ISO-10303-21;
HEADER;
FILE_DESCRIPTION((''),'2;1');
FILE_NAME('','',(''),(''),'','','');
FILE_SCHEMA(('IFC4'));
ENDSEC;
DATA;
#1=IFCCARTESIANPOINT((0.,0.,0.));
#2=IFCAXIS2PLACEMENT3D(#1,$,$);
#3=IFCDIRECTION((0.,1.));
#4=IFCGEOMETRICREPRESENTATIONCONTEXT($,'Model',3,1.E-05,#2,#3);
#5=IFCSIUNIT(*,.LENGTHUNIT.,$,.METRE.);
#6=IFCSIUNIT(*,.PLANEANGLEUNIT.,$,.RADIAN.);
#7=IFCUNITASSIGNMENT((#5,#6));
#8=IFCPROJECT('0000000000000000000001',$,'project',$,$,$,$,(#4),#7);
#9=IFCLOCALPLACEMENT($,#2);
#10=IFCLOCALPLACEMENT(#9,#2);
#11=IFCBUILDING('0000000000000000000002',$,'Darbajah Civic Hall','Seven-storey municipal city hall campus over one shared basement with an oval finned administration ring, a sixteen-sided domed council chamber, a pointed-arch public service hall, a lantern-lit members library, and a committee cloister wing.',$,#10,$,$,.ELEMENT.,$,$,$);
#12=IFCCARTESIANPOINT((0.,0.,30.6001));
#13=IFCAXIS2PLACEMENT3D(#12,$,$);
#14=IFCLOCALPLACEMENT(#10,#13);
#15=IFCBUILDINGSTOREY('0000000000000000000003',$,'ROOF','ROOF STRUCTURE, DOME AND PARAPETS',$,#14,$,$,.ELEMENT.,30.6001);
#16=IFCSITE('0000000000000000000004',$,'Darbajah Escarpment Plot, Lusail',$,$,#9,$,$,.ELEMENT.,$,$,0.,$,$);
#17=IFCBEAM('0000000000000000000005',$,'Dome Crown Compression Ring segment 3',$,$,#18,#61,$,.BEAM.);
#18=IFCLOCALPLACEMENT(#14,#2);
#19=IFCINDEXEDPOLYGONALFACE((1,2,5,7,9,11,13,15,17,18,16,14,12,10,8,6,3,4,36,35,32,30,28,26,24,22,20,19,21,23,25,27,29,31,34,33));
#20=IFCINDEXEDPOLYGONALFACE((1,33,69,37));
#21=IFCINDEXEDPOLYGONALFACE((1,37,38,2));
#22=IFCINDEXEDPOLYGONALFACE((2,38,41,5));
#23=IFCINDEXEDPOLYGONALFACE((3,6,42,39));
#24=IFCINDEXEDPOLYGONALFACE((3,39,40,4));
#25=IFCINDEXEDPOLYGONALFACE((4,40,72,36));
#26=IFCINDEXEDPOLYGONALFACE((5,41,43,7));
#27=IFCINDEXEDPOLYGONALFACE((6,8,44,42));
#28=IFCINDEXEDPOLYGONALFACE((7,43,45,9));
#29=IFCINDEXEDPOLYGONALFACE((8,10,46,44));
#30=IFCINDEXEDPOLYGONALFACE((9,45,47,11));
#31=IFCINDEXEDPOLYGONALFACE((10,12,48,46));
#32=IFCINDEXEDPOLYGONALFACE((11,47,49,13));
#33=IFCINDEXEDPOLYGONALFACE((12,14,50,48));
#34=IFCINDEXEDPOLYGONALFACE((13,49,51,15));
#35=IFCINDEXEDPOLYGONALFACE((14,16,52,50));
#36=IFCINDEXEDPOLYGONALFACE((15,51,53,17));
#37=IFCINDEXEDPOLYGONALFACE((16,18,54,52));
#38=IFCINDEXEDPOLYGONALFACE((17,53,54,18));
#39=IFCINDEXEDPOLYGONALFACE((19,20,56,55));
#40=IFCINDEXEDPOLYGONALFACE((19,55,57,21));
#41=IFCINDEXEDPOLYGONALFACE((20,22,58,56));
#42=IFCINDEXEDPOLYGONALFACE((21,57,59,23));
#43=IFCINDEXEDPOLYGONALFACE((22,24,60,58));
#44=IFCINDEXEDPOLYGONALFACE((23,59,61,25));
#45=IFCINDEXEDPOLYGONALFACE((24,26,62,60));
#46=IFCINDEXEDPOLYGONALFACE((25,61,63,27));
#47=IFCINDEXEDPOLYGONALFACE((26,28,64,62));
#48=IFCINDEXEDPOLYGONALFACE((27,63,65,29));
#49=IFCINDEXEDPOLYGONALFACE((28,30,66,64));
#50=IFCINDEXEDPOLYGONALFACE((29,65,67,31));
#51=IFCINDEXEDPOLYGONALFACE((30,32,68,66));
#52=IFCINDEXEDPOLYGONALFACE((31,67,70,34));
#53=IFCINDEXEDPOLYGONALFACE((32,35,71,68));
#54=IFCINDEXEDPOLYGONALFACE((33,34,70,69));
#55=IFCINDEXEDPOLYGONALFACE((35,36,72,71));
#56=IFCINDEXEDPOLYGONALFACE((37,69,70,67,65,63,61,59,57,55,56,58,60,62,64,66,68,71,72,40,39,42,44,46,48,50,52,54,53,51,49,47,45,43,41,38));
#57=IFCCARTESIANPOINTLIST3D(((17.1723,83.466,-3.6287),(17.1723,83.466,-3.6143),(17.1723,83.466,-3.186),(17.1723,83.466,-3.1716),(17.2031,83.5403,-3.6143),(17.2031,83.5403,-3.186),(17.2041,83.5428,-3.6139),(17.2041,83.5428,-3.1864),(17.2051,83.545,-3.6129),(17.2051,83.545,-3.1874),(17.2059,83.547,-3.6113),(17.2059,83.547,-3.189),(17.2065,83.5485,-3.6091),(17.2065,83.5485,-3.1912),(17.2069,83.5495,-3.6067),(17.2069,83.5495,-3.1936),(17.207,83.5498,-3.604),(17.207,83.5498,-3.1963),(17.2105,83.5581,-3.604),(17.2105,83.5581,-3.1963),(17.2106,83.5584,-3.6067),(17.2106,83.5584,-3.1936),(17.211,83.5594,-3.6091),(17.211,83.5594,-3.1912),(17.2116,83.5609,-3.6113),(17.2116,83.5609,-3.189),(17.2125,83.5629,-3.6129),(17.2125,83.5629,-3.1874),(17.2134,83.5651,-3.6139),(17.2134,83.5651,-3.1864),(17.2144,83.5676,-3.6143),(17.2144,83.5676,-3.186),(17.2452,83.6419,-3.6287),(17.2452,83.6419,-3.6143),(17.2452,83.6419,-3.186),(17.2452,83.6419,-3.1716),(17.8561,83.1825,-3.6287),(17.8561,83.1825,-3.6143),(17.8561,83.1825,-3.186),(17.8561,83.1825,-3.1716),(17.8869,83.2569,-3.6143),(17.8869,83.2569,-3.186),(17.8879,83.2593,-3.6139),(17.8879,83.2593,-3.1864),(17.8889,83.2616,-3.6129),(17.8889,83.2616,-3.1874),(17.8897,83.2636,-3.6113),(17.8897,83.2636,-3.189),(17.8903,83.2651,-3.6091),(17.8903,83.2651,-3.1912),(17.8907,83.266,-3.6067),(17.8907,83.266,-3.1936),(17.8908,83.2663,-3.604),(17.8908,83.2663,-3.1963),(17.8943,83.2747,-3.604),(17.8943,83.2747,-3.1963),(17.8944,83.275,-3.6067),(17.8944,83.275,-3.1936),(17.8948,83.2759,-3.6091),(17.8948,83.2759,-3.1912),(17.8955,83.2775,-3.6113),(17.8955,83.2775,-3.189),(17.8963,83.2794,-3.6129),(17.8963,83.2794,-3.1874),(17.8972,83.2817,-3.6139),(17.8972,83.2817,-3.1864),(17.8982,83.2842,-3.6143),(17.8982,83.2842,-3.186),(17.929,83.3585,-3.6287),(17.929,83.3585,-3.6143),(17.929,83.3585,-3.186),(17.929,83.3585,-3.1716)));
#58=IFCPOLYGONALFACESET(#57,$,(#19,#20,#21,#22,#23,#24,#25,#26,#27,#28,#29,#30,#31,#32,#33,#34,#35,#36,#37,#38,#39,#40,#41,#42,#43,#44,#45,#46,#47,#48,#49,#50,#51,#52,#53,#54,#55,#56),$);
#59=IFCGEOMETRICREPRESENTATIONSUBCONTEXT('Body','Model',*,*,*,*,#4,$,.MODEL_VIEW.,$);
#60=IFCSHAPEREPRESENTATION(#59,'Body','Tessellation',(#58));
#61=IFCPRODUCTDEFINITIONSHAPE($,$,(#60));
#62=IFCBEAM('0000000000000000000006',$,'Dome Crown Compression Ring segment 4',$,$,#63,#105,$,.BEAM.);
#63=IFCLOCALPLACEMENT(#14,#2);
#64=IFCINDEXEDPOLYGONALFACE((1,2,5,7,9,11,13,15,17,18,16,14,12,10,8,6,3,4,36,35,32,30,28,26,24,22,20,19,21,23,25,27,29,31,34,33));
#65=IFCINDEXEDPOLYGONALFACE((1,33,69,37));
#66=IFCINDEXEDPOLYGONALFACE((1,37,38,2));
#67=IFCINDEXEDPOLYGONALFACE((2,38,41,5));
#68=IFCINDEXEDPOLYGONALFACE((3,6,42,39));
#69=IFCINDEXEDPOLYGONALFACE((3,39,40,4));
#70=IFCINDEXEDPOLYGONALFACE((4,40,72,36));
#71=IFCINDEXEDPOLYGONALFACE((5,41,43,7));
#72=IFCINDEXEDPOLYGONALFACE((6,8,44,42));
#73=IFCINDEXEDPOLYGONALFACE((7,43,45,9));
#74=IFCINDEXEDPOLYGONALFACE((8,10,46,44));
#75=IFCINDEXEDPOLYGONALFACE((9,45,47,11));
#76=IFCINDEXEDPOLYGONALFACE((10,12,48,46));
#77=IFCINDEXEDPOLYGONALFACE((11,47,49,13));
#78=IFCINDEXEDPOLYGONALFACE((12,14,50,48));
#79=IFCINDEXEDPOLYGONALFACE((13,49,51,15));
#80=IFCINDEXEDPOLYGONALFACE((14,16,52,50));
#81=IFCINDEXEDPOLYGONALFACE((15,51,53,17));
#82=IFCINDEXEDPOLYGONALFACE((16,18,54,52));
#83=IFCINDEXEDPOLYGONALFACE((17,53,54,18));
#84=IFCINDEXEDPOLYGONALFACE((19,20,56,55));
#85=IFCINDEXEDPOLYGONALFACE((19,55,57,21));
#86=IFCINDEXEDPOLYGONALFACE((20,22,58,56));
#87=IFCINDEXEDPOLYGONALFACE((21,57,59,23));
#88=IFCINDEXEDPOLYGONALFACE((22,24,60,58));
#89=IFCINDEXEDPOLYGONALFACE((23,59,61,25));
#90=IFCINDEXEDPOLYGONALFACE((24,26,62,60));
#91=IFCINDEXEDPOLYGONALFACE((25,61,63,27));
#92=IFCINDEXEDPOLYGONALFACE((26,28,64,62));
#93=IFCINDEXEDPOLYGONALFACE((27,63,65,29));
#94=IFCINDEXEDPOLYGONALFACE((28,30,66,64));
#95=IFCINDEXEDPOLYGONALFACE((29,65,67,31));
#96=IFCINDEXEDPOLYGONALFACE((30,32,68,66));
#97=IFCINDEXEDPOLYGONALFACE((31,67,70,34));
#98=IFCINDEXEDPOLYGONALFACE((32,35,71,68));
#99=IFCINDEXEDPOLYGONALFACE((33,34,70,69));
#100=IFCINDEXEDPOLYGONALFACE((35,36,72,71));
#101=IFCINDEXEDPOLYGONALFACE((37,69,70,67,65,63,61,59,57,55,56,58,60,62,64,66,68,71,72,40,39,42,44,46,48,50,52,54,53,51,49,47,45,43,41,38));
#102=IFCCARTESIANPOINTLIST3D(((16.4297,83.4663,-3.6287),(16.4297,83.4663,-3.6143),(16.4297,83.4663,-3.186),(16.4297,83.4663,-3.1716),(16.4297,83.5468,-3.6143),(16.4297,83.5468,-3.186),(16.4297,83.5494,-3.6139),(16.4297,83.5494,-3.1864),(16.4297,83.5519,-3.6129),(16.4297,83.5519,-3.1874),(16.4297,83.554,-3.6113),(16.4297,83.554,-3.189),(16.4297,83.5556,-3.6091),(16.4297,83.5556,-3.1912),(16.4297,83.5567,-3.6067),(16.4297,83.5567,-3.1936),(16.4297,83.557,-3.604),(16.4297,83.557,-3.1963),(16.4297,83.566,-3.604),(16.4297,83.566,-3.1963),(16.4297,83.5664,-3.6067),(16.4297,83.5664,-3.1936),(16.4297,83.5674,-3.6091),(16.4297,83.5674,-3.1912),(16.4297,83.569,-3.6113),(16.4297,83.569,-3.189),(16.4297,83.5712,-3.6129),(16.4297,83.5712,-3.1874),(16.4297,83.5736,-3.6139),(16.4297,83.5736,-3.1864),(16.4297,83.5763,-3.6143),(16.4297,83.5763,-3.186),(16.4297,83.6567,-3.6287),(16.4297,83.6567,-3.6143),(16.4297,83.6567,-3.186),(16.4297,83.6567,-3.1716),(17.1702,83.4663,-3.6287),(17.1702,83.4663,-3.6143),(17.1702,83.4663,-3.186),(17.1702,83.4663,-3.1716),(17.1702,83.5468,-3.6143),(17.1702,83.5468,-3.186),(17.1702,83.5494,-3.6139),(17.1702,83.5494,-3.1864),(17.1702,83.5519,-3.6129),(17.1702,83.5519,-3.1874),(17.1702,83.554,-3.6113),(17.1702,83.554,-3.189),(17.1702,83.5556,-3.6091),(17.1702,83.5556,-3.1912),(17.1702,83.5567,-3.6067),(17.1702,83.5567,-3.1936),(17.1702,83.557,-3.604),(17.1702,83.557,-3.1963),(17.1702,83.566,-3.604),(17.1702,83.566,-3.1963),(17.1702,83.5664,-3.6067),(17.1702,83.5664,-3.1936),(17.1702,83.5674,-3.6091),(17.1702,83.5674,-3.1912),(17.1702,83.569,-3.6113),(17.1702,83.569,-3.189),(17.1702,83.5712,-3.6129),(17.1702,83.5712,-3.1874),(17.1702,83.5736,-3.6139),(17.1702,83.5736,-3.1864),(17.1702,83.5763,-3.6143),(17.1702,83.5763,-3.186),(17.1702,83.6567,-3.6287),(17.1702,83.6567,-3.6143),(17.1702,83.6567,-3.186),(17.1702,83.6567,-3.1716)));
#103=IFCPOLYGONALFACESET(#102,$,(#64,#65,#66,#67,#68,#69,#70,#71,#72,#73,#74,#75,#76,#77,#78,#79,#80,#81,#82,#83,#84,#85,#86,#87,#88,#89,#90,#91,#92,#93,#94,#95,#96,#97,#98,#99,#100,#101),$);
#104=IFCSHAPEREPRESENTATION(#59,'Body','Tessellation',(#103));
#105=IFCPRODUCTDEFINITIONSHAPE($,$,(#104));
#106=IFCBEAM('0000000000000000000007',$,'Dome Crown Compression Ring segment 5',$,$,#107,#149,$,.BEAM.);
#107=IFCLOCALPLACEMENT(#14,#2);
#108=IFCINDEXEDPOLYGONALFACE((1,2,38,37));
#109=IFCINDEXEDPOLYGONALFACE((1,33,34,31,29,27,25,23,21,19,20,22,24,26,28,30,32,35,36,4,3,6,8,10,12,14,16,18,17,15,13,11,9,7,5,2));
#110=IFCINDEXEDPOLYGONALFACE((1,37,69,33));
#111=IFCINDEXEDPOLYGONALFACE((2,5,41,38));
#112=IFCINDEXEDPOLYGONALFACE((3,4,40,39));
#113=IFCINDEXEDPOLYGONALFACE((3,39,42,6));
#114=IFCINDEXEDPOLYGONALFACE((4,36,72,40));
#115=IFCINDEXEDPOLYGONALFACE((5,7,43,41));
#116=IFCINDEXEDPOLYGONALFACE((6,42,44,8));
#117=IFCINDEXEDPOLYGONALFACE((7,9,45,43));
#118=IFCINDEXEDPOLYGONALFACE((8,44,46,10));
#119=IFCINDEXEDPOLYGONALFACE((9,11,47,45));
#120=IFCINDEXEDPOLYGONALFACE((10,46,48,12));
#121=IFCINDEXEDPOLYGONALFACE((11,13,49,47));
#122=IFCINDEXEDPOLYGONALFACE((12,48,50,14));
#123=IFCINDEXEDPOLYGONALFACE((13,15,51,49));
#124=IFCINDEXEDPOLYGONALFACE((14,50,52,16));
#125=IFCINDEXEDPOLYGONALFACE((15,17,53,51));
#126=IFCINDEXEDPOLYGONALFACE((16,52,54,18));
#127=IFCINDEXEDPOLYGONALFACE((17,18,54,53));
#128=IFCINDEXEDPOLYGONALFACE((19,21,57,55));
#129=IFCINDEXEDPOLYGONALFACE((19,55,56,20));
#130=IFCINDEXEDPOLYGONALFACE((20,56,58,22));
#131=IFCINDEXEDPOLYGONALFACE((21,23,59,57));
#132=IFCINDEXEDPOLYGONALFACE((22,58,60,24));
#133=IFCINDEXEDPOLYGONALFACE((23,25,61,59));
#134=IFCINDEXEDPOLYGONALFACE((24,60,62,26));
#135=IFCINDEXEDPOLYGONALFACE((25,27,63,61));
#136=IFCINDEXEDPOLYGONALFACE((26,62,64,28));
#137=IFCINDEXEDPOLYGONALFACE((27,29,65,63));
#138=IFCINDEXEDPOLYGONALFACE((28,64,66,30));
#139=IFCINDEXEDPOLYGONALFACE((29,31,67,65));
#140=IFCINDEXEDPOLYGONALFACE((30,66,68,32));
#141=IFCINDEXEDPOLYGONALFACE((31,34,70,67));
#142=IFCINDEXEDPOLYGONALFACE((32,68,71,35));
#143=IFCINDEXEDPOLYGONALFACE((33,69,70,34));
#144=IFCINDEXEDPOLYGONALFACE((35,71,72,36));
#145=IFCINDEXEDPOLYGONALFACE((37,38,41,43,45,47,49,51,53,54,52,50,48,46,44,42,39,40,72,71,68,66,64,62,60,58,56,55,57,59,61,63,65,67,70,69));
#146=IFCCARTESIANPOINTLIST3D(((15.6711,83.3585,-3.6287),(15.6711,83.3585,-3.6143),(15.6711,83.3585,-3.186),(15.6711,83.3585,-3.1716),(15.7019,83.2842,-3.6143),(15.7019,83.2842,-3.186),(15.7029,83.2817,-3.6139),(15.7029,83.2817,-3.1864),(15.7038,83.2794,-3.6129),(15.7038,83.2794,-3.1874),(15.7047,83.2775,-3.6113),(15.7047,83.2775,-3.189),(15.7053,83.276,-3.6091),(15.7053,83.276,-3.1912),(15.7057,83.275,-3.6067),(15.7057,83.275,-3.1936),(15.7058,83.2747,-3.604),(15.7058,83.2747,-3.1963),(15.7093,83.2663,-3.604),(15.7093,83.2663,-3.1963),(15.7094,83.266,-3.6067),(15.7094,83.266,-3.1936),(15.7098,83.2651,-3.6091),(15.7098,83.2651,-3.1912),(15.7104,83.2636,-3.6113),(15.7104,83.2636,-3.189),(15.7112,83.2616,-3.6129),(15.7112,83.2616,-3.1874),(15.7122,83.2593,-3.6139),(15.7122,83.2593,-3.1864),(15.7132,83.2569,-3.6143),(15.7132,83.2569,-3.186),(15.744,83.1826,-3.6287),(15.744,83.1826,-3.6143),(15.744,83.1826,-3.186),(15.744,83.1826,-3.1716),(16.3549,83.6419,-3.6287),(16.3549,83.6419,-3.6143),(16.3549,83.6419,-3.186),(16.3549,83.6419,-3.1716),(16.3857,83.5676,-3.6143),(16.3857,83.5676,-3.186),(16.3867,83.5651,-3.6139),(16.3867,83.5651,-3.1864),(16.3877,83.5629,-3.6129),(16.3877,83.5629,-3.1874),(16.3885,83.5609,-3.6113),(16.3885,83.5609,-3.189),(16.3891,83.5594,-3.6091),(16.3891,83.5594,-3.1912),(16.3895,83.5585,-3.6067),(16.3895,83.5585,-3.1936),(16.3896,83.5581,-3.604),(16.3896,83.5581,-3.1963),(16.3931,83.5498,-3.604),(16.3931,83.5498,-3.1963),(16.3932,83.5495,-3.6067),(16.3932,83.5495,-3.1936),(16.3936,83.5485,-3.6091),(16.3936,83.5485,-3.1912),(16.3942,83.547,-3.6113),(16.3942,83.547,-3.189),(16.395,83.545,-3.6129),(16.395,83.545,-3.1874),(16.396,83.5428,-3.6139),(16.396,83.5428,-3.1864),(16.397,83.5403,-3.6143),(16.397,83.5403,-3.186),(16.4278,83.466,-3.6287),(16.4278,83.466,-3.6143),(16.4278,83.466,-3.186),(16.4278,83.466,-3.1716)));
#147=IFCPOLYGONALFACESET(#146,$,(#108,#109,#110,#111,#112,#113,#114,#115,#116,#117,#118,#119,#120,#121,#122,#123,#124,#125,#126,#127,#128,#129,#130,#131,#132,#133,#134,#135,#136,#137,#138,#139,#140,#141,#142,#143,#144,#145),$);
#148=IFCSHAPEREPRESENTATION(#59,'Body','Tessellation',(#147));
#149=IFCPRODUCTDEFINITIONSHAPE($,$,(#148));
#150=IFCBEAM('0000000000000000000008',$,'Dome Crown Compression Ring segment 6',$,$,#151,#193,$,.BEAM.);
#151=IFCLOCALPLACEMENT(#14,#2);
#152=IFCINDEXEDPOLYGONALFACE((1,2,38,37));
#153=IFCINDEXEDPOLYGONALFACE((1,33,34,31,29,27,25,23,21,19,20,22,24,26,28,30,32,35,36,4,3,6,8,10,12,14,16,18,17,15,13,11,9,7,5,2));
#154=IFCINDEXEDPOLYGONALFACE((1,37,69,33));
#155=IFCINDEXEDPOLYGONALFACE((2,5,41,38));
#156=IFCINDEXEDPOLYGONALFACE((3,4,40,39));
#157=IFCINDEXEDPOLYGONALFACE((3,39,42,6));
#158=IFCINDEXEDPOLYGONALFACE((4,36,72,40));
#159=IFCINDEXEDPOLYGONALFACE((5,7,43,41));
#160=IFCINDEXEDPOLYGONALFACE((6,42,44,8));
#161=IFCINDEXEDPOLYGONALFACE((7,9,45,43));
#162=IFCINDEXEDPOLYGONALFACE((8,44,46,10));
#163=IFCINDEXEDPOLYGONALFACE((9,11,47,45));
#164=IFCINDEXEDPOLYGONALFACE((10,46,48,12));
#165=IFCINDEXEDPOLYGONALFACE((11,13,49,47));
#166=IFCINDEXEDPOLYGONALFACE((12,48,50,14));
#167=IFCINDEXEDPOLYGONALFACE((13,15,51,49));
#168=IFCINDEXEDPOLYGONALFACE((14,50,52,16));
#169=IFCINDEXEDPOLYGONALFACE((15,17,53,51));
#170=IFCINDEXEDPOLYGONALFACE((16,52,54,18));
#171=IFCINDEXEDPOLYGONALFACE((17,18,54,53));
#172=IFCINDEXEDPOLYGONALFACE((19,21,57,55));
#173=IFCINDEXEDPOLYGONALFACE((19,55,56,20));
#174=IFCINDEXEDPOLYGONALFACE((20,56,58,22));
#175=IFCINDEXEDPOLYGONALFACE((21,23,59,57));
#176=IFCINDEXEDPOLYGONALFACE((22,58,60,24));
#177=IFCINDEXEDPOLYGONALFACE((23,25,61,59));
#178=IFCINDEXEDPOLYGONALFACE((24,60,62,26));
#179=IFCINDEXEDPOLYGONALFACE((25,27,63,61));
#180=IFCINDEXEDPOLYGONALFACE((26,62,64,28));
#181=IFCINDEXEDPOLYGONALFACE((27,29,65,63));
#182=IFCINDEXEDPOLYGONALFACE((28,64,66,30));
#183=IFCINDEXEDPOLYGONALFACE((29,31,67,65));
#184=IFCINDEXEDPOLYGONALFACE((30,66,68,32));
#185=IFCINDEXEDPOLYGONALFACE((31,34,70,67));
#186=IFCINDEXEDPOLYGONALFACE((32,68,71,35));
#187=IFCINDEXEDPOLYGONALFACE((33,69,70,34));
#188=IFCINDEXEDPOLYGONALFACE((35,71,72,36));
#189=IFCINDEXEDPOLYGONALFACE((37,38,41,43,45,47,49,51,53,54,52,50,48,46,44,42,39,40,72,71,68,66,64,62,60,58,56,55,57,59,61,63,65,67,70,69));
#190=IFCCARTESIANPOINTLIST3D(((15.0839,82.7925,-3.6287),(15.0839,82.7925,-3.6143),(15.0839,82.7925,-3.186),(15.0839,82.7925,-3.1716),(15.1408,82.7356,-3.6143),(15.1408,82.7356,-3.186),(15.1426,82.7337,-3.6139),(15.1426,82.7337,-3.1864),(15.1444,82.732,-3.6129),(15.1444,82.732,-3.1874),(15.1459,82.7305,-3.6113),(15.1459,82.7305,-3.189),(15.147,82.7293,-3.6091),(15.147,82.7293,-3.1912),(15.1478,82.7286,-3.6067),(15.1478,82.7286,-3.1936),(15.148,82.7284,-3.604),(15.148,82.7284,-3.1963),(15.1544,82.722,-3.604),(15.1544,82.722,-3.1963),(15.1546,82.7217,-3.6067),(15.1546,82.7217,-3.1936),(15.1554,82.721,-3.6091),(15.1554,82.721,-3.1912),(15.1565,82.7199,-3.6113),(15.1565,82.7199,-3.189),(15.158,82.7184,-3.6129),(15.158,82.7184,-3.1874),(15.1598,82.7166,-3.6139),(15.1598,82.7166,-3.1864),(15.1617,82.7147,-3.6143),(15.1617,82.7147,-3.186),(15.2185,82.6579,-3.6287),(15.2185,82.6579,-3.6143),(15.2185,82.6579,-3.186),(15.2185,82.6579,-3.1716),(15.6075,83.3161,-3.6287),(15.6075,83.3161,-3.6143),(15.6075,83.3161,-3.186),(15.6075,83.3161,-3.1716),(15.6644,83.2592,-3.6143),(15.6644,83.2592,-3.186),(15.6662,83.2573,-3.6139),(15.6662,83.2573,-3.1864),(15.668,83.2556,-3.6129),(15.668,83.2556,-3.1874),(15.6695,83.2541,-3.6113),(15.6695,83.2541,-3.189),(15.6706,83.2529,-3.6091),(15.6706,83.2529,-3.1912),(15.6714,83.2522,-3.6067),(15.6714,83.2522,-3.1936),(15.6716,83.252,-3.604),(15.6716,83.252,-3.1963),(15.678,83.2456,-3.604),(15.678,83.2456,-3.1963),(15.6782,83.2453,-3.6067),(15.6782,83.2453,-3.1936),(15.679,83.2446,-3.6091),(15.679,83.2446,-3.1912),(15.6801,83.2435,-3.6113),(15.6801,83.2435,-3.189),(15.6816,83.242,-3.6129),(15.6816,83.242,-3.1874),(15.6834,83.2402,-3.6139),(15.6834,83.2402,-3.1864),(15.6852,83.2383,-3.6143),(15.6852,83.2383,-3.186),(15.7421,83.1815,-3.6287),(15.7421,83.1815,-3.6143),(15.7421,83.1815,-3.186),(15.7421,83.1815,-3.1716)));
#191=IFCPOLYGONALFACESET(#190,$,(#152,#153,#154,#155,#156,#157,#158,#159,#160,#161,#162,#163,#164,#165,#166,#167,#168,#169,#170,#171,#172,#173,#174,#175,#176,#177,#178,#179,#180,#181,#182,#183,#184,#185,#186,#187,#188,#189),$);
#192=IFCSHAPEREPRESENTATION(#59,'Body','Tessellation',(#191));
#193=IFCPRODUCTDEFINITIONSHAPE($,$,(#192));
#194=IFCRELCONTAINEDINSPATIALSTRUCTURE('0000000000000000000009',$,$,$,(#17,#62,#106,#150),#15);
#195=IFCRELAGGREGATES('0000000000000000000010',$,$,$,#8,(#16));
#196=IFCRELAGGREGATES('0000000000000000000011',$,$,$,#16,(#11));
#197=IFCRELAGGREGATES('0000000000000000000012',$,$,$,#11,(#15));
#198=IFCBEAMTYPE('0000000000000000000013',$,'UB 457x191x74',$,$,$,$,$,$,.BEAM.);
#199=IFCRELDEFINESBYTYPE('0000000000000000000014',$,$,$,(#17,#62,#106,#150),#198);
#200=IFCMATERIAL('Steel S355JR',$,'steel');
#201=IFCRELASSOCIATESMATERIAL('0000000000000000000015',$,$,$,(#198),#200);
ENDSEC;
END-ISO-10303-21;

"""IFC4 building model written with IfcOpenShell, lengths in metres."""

from ifc_helpers import new_model, si_unit, direction, frame, origin, origin_2d, place, context, subcontext, project, spatial, i_section, extrude, material, material_profile, profile_set, type_object, element, save


model = new_model("IFC4")

# Units and contexts
model_context = context("Model", 3, precision=1e-05, world=origin(), true_north=direction((0.0, 1.0)))
body_context = subcontext(model_context, "Body", "Model", "MODEL_VIEW")
ifc_project = project(units=[si_unit("LENGTHUNIT", "METRE"), si_unit("PLANEANGLEUNIT", "RADIAN")], contexts=[model_context])

# Site, building, storey
site_placement = place(None, origin())
site = spatial("IfcSite", under=ifc_project, at=site_placement, Name="Darbajah Escarpment Plot, Lusail", CompositionType="ELEMENT", RefElevation=0.0)
building_placement = place(site_placement, origin())
building = spatial("IfcBuilding", under=site, at=building_placement, Name="Darbajah Civic Hall", Description="Seven-storey municipal city hall campus over one shared basement with an oval finned administration ring, a sixteen-sided domed council chamber, a pointed-arch public service hall, a lantern-lit members library, and a committee cloister wing.", CompositionType="ELEMENT")
storey_placement = place(building_placement, frame((0.0, 0.0, 30.6001)))
storey = spatial("IfcBuildingStorey", under=building, at=storey_placement, Name="ROOF", Description="ROOF STRUCTURE, DOME AND PARAPETS", CompositionType="ELEMENT", Elevation=30.6001)

# Shared definitions
ifc_material = material(Name="Steel S355JR", Category="steel")

# Beams
ifc_material_profile_1 = material_profile(ifc_material, i_section(OverallWidth=0.1904, OverallDepth=0.457, WebThickness=0.009, FlangeThickness=0.0144, FilletRadius=0.0103, at=origin_2d()), Name="UB 457x191x74")
ifc_profile_set_1 = profile_set([ifc_material_profile_1], Name="Steel S355JR")
beam_type_1 = type_object("IfcBeamType", Name="UB 457x191x74", PredefinedType="BEAM", material=ifc_profile_set_1)
beam_1_placement = place(storey_placement, frame((17.8926, 83.2705, -3.4001), z_axis=(-0.923788, 0.382905, 0.0), x_axis=(-0.382905, -0.923788, 0.0)))
element("IfcBeam", 1, at=beam_1_placement, inside=storey, type_object=beam_type_1, Name="Dome Crown Compression Ring segment 3", PredefinedType="BEAM", context=body_context, shape_type="SweptSolid", body=[
    extrude(i_section(OverallWidth=0.1904, OverallDepth=0.457, WebThickness=0.009, FlangeThickness=0.0144, FilletRadius=0.0103, at=origin_2d()), origin(), (0.0, 0.0, 1.0), 0.7402),
])
beam_2_placement = place(storey_placement, frame((17.1702, 83.5615, -3.4001), z_axis=(-1.0, 0.0, 0.0), x_axis=(0.0, -1.0, 0.0)))
element("IfcBeam", 2, at=beam_2_placement, inside=storey, type_object=beam_type_1, Name="Dome Crown Compression Ring segment 4", PredefinedType="BEAM", context=body_context, shape_type="SweptSolid", body=[
    extrude(i_section(OverallWidth=0.1904, OverallDepth=0.457, WebThickness=0.009, FlangeThickness=0.0144, FilletRadius=0.0103, at=origin_2d()), origin(), (0.0, 0.0, 1.0), 0.7405),
])
beam_3_placement = place(storey_placement, frame((16.3914, 83.554, -3.4001), z_axis=(-0.923788, -0.382905, 0.0), x_axis=(0.382905, -0.923788, 0.0)))
element("IfcBeam", 3, at=beam_3_placement, inside=storey, type_object=beam_type_1, Name="Dome Crown Compression Ring segment 5", PredefinedType="BEAM", context=body_context, shape_type="SweptSolid", body=[
    extrude(i_section(OverallWidth=0.1904, OverallDepth=0.457, WebThickness=0.009, FlangeThickness=0.0144, FilletRadius=0.0103, at=origin_2d()), origin(), (0.0, 0.0, 1.0), 0.7402),
])
beam_4_placement = place(storey_placement, frame((15.6748, 83.2488, -3.4001), z_axis=(-0.707107, -0.707107, 0.0), x_axis=(0.707107, -0.707107, 0.0)))
element("IfcBeam", 4, at=beam_4_placement, inside=storey, type_object=beam_type_1, Name="Dome Crown Compression Ring segment 6", PredefinedType="BEAM", context=body_context, shape_type="SweptSolid", body=[
    extrude(i_section(OverallWidth=0.1904, OverallDepth=0.457, WebThickness=0.009, FlangeThickness=0.0144, FilletRadius=0.0103, at=origin_2d()), origin(), (0.0, 0.0, 1.0), 0.7405),
])

save(model, "model.ifc")
